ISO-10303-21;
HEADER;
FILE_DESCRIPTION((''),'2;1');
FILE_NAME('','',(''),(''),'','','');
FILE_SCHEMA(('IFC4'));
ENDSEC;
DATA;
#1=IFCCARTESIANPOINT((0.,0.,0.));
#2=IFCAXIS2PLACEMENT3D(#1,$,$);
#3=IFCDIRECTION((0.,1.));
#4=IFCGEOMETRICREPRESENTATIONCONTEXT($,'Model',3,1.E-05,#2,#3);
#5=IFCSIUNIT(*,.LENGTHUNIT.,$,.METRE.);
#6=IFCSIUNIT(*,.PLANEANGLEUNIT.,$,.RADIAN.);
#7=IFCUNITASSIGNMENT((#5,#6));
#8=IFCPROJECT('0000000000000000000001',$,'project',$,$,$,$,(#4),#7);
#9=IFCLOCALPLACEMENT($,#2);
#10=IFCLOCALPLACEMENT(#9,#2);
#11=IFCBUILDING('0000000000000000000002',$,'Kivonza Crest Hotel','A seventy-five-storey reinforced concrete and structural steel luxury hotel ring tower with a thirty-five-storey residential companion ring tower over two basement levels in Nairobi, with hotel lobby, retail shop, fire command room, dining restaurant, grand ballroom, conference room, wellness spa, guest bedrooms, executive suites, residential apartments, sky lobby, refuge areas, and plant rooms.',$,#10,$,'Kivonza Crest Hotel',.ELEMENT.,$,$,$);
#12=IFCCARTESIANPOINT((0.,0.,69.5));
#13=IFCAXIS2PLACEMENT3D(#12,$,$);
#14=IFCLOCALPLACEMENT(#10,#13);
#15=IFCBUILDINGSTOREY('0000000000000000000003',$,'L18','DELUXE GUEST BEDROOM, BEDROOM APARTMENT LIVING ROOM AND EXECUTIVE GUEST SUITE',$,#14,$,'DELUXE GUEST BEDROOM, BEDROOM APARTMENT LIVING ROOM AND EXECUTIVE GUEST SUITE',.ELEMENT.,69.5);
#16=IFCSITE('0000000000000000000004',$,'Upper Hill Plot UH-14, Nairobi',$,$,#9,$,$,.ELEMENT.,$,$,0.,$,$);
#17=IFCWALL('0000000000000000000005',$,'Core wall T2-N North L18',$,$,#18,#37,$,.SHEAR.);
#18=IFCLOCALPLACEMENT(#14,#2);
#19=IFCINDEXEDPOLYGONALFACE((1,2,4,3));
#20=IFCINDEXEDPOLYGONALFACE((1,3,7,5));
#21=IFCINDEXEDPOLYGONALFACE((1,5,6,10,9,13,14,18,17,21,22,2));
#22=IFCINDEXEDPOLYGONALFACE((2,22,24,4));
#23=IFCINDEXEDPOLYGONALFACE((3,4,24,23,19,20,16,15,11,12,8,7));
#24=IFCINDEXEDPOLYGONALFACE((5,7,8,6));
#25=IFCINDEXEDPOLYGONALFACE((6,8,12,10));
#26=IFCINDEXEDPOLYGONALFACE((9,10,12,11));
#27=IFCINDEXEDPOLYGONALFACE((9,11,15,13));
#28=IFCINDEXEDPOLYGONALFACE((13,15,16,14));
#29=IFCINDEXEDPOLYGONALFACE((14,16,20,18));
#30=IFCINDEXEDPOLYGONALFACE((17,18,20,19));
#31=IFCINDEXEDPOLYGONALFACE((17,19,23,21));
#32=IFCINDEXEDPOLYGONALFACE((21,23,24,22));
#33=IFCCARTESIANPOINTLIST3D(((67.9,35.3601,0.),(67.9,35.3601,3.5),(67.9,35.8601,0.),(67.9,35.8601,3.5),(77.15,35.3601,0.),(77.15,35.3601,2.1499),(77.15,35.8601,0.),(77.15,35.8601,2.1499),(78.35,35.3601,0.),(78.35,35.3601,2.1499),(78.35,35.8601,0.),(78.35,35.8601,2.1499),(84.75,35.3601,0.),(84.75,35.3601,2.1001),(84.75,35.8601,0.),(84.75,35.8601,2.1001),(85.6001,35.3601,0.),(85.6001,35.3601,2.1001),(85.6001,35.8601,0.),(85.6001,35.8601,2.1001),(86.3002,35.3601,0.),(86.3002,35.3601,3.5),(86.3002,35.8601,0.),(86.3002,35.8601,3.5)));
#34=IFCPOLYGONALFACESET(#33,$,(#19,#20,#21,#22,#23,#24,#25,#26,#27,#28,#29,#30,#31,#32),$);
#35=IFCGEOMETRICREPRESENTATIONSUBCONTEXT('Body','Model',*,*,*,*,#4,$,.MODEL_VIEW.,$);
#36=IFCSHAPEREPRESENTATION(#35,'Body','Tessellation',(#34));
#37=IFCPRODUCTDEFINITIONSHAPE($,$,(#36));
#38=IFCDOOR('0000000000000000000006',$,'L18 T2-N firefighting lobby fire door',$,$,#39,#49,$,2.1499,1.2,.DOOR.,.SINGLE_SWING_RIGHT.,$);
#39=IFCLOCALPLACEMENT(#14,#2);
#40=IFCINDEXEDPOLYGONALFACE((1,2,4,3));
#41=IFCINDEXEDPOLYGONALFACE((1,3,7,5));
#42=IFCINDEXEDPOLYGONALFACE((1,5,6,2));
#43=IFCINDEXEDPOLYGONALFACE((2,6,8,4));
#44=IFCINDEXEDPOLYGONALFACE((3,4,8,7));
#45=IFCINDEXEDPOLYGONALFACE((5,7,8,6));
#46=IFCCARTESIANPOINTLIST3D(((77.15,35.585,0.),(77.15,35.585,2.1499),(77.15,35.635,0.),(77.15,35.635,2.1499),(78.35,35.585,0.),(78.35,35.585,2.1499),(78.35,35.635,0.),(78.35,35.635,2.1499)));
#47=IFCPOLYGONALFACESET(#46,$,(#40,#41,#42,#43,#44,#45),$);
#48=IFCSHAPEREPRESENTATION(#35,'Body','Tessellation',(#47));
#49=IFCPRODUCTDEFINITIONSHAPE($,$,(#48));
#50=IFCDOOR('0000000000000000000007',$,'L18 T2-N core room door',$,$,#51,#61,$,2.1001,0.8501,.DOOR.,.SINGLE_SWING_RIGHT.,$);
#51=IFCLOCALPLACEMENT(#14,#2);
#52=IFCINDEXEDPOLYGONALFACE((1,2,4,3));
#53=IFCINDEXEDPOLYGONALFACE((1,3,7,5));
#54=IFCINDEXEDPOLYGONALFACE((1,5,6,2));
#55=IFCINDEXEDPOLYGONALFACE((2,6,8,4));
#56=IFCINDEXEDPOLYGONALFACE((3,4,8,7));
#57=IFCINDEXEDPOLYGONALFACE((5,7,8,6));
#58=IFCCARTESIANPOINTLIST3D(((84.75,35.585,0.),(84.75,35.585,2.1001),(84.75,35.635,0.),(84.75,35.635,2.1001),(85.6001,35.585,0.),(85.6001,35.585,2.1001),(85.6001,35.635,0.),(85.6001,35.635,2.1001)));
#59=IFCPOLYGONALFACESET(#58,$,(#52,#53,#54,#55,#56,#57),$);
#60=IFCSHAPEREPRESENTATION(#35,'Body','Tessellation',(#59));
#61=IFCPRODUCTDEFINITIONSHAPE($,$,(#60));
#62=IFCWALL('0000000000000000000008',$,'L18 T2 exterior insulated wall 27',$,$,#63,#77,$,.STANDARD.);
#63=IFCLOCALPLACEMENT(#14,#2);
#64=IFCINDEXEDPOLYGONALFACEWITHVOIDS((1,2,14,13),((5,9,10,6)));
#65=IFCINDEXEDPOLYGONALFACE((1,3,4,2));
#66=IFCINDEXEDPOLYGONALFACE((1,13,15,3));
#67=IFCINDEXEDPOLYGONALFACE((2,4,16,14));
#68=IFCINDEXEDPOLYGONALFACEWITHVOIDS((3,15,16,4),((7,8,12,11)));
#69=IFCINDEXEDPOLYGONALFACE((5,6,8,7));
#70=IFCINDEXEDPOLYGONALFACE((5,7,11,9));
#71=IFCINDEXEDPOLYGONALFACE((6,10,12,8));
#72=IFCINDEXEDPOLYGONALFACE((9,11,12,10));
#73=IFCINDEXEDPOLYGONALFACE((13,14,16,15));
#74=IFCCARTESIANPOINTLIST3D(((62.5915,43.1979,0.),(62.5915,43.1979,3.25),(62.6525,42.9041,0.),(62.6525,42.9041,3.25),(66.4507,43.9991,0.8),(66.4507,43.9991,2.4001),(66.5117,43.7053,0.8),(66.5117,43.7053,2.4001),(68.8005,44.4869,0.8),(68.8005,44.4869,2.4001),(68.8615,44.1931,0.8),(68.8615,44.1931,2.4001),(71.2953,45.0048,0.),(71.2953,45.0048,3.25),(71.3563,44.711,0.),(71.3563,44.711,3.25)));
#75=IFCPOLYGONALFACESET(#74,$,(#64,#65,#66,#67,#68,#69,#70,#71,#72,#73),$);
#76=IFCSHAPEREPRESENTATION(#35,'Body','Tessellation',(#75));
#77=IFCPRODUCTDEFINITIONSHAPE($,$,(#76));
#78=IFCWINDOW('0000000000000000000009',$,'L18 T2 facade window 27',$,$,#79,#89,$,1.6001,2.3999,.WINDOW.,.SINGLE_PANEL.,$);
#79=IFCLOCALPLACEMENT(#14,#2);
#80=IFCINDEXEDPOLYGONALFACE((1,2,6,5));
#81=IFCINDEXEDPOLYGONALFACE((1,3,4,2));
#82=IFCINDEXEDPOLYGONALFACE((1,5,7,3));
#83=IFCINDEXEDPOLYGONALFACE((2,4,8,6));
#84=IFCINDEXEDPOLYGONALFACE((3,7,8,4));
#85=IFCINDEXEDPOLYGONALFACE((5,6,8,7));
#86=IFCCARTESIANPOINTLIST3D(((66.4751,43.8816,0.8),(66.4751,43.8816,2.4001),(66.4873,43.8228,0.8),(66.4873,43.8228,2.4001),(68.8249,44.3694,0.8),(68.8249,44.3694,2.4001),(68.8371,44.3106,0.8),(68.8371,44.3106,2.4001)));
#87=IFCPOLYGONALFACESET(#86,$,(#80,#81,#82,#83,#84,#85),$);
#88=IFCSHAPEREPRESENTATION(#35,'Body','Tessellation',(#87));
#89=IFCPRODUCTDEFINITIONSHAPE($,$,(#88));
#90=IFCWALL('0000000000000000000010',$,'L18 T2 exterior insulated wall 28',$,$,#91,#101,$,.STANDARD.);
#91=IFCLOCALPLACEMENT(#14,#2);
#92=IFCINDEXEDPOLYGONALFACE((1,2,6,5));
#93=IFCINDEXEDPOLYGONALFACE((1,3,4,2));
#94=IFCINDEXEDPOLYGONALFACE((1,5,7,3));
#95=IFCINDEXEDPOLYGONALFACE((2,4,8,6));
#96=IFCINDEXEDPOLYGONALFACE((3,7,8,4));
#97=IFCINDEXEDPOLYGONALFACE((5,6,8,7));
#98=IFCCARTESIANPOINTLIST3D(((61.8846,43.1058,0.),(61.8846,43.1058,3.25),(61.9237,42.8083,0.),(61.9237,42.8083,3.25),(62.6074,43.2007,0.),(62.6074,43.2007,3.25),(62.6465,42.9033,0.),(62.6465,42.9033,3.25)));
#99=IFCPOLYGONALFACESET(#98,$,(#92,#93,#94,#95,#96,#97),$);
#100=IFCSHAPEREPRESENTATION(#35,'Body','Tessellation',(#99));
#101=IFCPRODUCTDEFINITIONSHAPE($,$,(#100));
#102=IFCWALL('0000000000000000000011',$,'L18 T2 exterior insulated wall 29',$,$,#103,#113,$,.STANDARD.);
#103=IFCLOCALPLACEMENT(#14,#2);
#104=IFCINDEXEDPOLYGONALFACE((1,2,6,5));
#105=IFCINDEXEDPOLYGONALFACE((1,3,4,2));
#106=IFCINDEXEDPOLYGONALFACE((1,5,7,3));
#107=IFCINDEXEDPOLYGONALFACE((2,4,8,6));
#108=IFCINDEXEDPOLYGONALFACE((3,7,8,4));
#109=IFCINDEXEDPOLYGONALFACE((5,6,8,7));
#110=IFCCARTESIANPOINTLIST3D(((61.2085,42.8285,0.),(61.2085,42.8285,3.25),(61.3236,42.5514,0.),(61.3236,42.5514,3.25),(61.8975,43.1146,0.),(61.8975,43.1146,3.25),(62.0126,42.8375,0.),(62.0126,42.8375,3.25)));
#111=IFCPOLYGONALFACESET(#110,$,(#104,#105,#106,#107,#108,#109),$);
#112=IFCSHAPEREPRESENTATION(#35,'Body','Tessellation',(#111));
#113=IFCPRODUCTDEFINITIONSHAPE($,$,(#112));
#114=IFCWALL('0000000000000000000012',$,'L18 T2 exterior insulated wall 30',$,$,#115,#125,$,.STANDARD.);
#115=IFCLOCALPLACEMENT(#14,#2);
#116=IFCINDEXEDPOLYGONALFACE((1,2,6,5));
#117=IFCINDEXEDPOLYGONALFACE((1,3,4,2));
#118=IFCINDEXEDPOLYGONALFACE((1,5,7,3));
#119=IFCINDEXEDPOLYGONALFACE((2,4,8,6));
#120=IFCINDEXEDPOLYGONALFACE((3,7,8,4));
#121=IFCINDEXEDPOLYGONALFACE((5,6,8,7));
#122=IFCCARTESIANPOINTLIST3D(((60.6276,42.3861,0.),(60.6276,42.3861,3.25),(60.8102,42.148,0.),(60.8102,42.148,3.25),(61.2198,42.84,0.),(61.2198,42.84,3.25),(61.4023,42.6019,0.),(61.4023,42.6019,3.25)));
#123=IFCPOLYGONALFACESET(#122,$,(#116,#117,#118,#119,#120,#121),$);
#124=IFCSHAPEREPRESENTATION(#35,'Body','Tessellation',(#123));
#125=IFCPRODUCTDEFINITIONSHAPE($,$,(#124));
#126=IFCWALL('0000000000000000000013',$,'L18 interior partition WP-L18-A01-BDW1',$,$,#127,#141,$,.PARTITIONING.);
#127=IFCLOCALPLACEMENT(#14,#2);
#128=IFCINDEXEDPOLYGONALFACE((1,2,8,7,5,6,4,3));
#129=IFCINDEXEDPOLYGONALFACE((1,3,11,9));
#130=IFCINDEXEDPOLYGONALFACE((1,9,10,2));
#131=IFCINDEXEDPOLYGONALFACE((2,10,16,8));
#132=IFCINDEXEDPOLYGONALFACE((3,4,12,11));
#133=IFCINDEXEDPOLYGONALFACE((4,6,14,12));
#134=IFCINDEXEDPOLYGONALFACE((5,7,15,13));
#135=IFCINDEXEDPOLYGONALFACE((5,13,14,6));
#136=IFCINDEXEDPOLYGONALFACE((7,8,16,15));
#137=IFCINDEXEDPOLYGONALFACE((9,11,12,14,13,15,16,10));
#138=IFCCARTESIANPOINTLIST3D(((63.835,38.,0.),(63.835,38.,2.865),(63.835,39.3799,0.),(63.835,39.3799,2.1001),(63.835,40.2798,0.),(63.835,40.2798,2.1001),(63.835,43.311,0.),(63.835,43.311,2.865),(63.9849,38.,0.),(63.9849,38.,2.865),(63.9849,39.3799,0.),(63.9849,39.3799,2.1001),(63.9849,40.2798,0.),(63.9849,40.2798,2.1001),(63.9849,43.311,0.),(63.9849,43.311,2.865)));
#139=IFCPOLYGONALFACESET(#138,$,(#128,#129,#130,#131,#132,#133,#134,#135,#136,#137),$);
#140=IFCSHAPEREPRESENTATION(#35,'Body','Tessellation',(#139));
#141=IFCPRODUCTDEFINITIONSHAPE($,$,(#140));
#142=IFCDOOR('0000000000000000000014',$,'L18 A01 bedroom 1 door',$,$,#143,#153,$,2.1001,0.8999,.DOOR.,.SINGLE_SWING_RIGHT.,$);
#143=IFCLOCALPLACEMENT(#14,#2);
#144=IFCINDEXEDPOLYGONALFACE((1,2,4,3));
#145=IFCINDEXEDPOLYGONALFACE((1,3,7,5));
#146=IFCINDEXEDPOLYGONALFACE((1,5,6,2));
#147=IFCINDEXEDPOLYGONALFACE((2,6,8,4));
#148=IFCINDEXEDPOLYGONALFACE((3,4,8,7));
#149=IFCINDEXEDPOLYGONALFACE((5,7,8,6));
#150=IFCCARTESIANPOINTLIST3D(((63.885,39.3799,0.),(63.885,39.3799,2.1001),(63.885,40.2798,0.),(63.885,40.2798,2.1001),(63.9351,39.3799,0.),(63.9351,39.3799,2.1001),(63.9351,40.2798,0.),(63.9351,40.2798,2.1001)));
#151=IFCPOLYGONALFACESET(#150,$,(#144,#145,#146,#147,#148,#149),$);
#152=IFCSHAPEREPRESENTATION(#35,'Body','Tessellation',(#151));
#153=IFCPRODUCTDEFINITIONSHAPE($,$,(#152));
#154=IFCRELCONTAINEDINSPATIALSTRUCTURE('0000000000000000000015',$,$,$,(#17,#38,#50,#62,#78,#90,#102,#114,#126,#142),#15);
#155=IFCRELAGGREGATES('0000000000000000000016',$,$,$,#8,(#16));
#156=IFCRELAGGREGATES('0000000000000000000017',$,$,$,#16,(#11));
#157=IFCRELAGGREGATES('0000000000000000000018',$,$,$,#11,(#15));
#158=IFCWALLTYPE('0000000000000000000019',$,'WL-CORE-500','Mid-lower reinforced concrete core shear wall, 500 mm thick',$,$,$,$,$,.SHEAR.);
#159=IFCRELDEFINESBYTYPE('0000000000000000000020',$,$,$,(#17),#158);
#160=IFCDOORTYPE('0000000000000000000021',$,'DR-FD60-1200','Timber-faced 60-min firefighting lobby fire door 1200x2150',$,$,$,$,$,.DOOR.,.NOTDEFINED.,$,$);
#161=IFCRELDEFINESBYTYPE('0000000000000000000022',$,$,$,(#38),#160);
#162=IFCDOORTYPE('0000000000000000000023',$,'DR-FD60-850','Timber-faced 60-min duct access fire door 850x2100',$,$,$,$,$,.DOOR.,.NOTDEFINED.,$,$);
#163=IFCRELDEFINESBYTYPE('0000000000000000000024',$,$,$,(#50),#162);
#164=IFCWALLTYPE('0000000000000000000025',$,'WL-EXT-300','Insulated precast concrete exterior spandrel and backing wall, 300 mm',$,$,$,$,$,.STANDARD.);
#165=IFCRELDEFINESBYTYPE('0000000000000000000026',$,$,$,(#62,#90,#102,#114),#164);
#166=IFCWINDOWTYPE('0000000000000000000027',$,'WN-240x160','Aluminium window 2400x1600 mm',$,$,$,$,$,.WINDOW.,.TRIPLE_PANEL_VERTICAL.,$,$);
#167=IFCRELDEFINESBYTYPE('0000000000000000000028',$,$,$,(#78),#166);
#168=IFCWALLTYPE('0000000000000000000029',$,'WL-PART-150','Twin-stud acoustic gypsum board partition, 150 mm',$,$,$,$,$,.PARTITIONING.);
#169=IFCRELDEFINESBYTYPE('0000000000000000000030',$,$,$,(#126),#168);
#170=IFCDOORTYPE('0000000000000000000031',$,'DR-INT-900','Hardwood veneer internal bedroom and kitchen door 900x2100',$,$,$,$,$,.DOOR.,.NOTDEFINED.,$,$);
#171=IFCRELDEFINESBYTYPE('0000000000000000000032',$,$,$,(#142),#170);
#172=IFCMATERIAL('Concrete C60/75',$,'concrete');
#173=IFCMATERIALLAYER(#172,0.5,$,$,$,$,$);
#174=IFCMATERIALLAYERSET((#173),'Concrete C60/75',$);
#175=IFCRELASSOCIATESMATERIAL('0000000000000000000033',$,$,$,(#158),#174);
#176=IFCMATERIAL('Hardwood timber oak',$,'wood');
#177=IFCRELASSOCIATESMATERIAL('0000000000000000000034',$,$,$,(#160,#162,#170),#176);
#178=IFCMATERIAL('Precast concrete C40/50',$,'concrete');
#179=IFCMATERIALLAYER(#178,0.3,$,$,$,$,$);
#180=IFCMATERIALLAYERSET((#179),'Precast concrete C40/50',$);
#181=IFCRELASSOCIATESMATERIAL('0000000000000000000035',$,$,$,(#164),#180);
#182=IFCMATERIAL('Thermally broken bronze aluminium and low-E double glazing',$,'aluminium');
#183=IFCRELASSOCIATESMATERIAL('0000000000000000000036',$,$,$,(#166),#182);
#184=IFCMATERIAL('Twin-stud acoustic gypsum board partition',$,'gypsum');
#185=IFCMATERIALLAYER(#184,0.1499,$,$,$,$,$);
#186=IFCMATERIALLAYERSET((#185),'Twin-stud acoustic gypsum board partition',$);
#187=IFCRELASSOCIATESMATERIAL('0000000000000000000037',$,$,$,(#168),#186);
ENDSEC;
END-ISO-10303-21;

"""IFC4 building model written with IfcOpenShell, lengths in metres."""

from ifc_helpers import new_model, si_unit, direction, frame, frame_2d, origin, place, context, subcontext, project, spatial, rectangle, extrude, material, layer, layer_set, type_object, element, fill, save


model = new_model("IFC4")

# Units and contexts
model_context = context("Model", 3, precision=1e-05, world=origin(), true_north=direction((0.0, 1.0)))
body_context = subcontext(model_context, "Body", "Model", "MODEL_VIEW")
ifc_project = project(units=[si_unit("LENGTHUNIT", "METRE"), si_unit("PLANEANGLEUNIT", "RADIAN")], contexts=[model_context])

# Site, building, storey
site_placement = place(None, origin())
site = spatial("IfcSite", under=ifc_project, at=site_placement, Name="Upper Hill Plot UH-14, Nairobi", CompositionType="ELEMENT", RefElevation=0.0)
building_placement = place(site_placement, origin())
building = spatial("IfcBuilding", under=site, at=building_placement, Name="Kivonza Crest Hotel", Description="A seventy-five-storey reinforced concrete and structural steel luxury hotel ring tower with a thirty-five-storey residential companion ring tower over two basement levels in Nairobi, with hotel lobby, retail shop, fire command room, dining restaurant, grand ballroom, conference room, wellness spa, guest bedrooms, executive suites, residential apartments, sky lobby, refuge areas, and plant rooms.", LongName="Kivonza Crest Hotel", CompositionType="ELEMENT")
storey_placement = place(building_placement, frame((0.0, 0.0, 69.5)))
storey = spatial("IfcBuildingStorey", under=building, at=storey_placement, Name="L18", Description="DELUXE GUEST BEDROOM, BEDROOM APARTMENT LIVING ROOM AND EXECUTIVE GUEST SUITE", LongName="DELUXE GUEST BEDROOM, BEDROOM APARTMENT LIVING ROOM AND EXECUTIVE GUEST SUITE", CompositionType="ELEMENT", Elevation=69.5)

# Shared definitions
ifc_material_1 = material(Name="Concrete C60/75", Category="concrete")

# Shared definitions
ifc_material_2 = material(Name="Hardwood timber oak", Category="wood")

# Wall, openings, doors
ifc_layer_1 = layer(ifc_material_1, 0.5)
ifc_layer_set_1 = layer_set([ifc_layer_1], Name="Concrete C60/75")
wall_type_1 = type_object("IfcWallType", Name="WL-CORE-500", Description="Mid-lower reinforced concrete core shear wall, 500 mm thick", PredefinedType="SHEAR", material=ifc_layer_set_1)
wall_1_placement = place(storey_placement, frame((67.8999, 35.6101, 0.0), z_axis=(0.0, 0.0, 1.0), x_axis=(1.0, 0.0, 0.0)))
wall_1 = element("IfcWall", 1, at=wall_1_placement, inside=storey, type_object=wall_type_1, Name="Core wall T2-N North L18", PredefinedType="SHEAR", context=body_context, shape_type="SweptSolid", body=[
    extrude(rectangle(XDim=18.4001, YDim=0.5, at=frame_2d((9.2002, 0.0))), origin(), (0.0, 0.0, 1.0), 3.5),
])
opening_1_placement = place(wall_1_placement, frame((9.25, 0.0, 0.0)))
opening_1 = element("IfcOpeningElement", 2, at=opening_1_placement, cuts=wall_1, PredefinedType="OPENING", context=body_context, shape_type="SweptSolid", body=[
    extrude(rectangle(XDim=1.2, YDim=2.1499, at=frame_2d((0.6001, 1.075))), frame((0.0, 0.26, 0.0), z_axis=(0.0, -1.0, 0.0), x_axis=(1.0, 0.0, 0.0)), (0.0, 0.0, 1.0), 0.52),
])
opening_2_placement = place(wall_1_placement, frame((16.8501, 0.0, 0.0)))
opening_2 = element("IfcOpeningElement", 3, at=opening_2_placement, cuts=wall_1, PredefinedType="OPENING", context=body_context, shape_type="SweptSolid", body=[
    extrude(rectangle(XDim=0.8501, YDim=2.1001, at=frame_2d((0.425, 1.05))), frame((0.0, 0.26, 0.0), z_axis=(0.0, -1.0, 0.0), x_axis=(1.0, 0.0, 0.0)), (0.0, 0.0, 1.0), 0.52),
])
door_type_1 = type_object("IfcDoorType", Name="DR-FD60-1200", Description="Timber-faced 60-min firefighting lobby fire door 1200x2150", OperationType="NOTDEFINED", PredefinedType="DOOR", material=ifc_material_2)
door_1_placement = place(opening_1_placement, origin())
door_1 = element("IfcDoor", 4, at=door_1_placement, inside=storey, type_object=door_type_1, Name="L18 T2-N firefighting lobby fire door", OperationType="SINGLE_SWING_RIGHT", OverallHeight=2.1499, OverallWidth=1.2, PredefinedType="DOOR", context=body_context, shape_type="SweptSolid", body=[
    extrude(rectangle(XDim=1.2, YDim=2.1499, at=frame_2d((0.6001, 1.075))), frame((0.0, 0.0249, 0.0), z_axis=(0.0, -1.0, 0.0), x_axis=(1.0, 0.0, 0.0)), (0.0, 0.0, 1.0), 0.05),
])
fill(opening_1, door_1)
door_type_2 = type_object("IfcDoorType", Name="DR-FD60-850", Description="Timber-faced 60-min duct access fire door 850x2100", OperationType="NOTDEFINED", PredefinedType="DOOR", material=ifc_material_2)
door_2_placement = place(opening_2_placement, origin())
door_2 = element("IfcDoor", 5, at=door_2_placement, inside=storey, type_object=door_type_2, Name="L18 T2-N core room door", OperationType="SINGLE_SWING_RIGHT", OverallHeight=2.1001, OverallWidth=0.8501, PredefinedType="DOOR", context=body_context, shape_type="SweptSolid", body=[
    extrude(rectangle(XDim=0.8501, YDim=2.1001, at=frame_2d((0.425, 1.05))), frame((0.0, 0.0249, 0.0), z_axis=(0.0, -1.0, 0.0), x_axis=(1.0, 0.0, 0.0)), (0.0, 0.0, 1.0), 0.05),
])
fill(opening_2, door_2)

# Wall, opening, window
ifc_material_3 = material(Name="Precast concrete C40/50", Category="concrete")
ifc_layer_2 = layer(ifc_material_3, 0.3)
ifc_layer_set_2 = layer_set([ifc_layer_2], Name="Precast concrete C40/50")
wall_type_2 = type_object("IfcWallType", Name="WL-EXT-300", Description="Insulated precast concrete exterior spandrel and backing wall, 300 mm", PredefinedType="STANDARD", material=ifc_layer_set_2)
wall_2_placement = place(storey_placement, frame((71.3259, 44.8579, 0.0), z_axis=(0.0, 0.0, 1.0), x_axis=(-0.979124, -0.203262, 0.0)))
wall_2 = element("IfcWall", 6, at=wall_2_placement, inside=storey, type_object=wall_type_2, Name="L18 T2 exterior insulated wall 27", PredefinedType="STANDARD", context=body_context, shape_type="SweptSolid", body=[
    extrude(rectangle(XDim=8.8894, YDim=0.3, at=frame_2d((4.4448, 0.0))), origin(), (0.0, 0.0, 1.0), 3.25),
])
opening_3_placement = place(wall_2_placement, frame((2.5481, 0.0, 0.8)))
opening_3 = element("IfcOpeningElement", 7, at=opening_3_placement, cuts=wall_2, PredefinedType="OPENING", context=body_context, shape_type="SweptSolid", body=[
    extrude(rectangle(XDim=2.3999, YDim=1.6001, at=frame_2d((1.2, 0.8))), frame((0.0, 0.1602, 0.0), z_axis=(0.0, -1.0, 0.0), x_axis=(1.0, 0.0, 0.0)), (0.0, 0.0, 1.0), 0.3201),
])
ifc_material_4 = material(Name="Thermally broken bronze aluminium and low-E double glazing", Category="aluminium")
window_type = type_object("IfcWindowType", Name="WN-240x160", Description="Aluminium window 2400x1600 mm", PartitioningType="TRIPLE_PANEL_VERTICAL", PredefinedType="WINDOW", material=ifc_material_4)
window_placement = place(opening_3_placement, origin())
window = element("IfcWindow", 8, at=window_placement, inside=storey, type_object=window_type, Name="L18 T2 facade window 27", OverallHeight=1.6001, OverallWidth=2.3999, PartitioningType="SINGLE_PANEL", PredefinedType="WINDOW", context=body_context, shape_type="SweptSolid", body=[
    extrude(rectangle(XDim=2.3999, YDim=1.6001, at=frame_2d((1.2, 0.8))), frame((0.0, 0.03, 0.0), z_axis=(0.0, -1.0, 0.0), x_axis=(1.0, 0.0, 0.0)), (0.0, 0.0, 1.0), 0.0601),
])
fill(opening_3, window)

# Walls
wall_3_placement = place(storey_placement, frame((62.627, 43.052, 0.0), z_axis=(0.0, 0.0, 1.0), x_axis=(-0.99148, -0.130255, 0.0)))
element("IfcWall", 9, at=wall_3_placement, inside=storey, type_object=wall_type_2, Name="L18 T2 exterior insulated wall 28", PredefinedType="STANDARD", context=body_context, shape_type="SweptSolid", body=[
    extrude(rectangle(XDim=0.729, YDim=0.3, at=frame_2d((0.3645, 0.0))), origin(), (0.0, 0.0, 1.0), 3.25),
])
for number, where, z_axis, x_axis, name in (
    (10, (61.9551, 42.9761, 0.0), (0.0, 0.0, 1.0), (-0.923522, -0.383546, 0.0), "L18 T2 exterior insulated wall 29"),
    (11, (61.311, 42.7209, 0.0), (0.0, 0.0, 1.0), (-0.793633, -0.608397, 0.0), "L18 T2 exterior insulated wall 30"),
):
    element("IfcWall", number, at=place(storey_placement, frame(where, z_axis=z_axis, x_axis=x_axis)), inside=storey, type_object=wall_type_2, Name=name, PredefinedType="STANDARD", context=body_context, shape_type="SweptSolid", body=[
        extrude(rectangle(XDim=0.7461, YDim=0.3, at=frame_2d((0.373, 0.0))), origin(), (0.0, 0.0, 1.0), 3.25),
    ])

# Wall, opening, door
ifc_material_5 = material(Name="Twin-stud acoustic gypsum board partition", Category="gypsum")
ifc_layer_3 = layer(ifc_material_5, 0.1499)
ifc_layer_set_3 = layer_set([ifc_layer_3], Name="Twin-stud acoustic gypsum board partition")
wall_type_3 = type_object("IfcWallType", Name="WL-PART-150", Description="Twin-stud acoustic gypsum board partition, 150 mm", PredefinedType="PARTITIONING", material=ifc_layer_set_3)
wall_4_placement = place(storey_placement, frame((63.9099, 38.0, 0.0), z_axis=(0.0, 0.0, 1.0), x_axis=(0.0, 1.0, 0.0)))
wall_4 = element("IfcWall", 12, at=wall_4_placement, inside=storey, type_object=wall_type_3, Name="L18 interior partition WP-L18-A01-BDW1", PredefinedType="PARTITIONING", context=body_context, shape_type="SweptSolid", body=[
    extrude(rectangle(XDim=5.311, YDim=0.1499, at=frame_2d((2.6555, 0.0))), origin(), (0.0, 0.0, 1.0), 2.865),
])
opening_4_placement = place(wall_4_placement, frame((1.3799, 0.0, 0.0)))
opening_4 = element("IfcOpeningElement", 13, at=opening_4_placement, cuts=wall_4, PredefinedType="OPENING", context=body_context, shape_type="SweptSolid", body=[
    extrude(rectangle(XDim=0.8999, YDim=2.1001, at=frame_2d((0.45, 1.05))), frame((0.0, 0.085, 0.0), z_axis=(0.0, -1.0, 0.0), x_axis=(1.0, 0.0, 0.0)), (0.0, 0.0, 1.0), 0.1699),
])
door_type_3 = type_object("IfcDoorType", Name="DR-INT-900", Description="Hardwood veneer internal bedroom and kitchen door 900x2100", OperationType="NOTDEFINED", PredefinedType="DOOR", material=ifc_material_2)
door_3_placement = place(opening_4_placement, origin())
door_3 = element("IfcDoor", 14, at=door_3_placement, inside=storey, type_object=door_type_3, Name="L18 A01 bedroom 1 door", OperationType="SINGLE_SWING_RIGHT", OverallHeight=2.1001, OverallWidth=0.8999, PredefinedType="DOOR", context=body_context, shape_type="SweptSolid", body=[
    extrude(rectangle(XDim=0.8999, YDim=2.1001, at=frame_2d((0.45, 1.05))), frame((0.0, 0.0249, 0.0), z_axis=(0.0, -1.0, 0.0), x_axis=(1.0, 0.0, 0.0)), (0.0, 0.0, 1.0), 0.05),
])
fill(opening_4, door_3)

save(model, "model.ifc")
